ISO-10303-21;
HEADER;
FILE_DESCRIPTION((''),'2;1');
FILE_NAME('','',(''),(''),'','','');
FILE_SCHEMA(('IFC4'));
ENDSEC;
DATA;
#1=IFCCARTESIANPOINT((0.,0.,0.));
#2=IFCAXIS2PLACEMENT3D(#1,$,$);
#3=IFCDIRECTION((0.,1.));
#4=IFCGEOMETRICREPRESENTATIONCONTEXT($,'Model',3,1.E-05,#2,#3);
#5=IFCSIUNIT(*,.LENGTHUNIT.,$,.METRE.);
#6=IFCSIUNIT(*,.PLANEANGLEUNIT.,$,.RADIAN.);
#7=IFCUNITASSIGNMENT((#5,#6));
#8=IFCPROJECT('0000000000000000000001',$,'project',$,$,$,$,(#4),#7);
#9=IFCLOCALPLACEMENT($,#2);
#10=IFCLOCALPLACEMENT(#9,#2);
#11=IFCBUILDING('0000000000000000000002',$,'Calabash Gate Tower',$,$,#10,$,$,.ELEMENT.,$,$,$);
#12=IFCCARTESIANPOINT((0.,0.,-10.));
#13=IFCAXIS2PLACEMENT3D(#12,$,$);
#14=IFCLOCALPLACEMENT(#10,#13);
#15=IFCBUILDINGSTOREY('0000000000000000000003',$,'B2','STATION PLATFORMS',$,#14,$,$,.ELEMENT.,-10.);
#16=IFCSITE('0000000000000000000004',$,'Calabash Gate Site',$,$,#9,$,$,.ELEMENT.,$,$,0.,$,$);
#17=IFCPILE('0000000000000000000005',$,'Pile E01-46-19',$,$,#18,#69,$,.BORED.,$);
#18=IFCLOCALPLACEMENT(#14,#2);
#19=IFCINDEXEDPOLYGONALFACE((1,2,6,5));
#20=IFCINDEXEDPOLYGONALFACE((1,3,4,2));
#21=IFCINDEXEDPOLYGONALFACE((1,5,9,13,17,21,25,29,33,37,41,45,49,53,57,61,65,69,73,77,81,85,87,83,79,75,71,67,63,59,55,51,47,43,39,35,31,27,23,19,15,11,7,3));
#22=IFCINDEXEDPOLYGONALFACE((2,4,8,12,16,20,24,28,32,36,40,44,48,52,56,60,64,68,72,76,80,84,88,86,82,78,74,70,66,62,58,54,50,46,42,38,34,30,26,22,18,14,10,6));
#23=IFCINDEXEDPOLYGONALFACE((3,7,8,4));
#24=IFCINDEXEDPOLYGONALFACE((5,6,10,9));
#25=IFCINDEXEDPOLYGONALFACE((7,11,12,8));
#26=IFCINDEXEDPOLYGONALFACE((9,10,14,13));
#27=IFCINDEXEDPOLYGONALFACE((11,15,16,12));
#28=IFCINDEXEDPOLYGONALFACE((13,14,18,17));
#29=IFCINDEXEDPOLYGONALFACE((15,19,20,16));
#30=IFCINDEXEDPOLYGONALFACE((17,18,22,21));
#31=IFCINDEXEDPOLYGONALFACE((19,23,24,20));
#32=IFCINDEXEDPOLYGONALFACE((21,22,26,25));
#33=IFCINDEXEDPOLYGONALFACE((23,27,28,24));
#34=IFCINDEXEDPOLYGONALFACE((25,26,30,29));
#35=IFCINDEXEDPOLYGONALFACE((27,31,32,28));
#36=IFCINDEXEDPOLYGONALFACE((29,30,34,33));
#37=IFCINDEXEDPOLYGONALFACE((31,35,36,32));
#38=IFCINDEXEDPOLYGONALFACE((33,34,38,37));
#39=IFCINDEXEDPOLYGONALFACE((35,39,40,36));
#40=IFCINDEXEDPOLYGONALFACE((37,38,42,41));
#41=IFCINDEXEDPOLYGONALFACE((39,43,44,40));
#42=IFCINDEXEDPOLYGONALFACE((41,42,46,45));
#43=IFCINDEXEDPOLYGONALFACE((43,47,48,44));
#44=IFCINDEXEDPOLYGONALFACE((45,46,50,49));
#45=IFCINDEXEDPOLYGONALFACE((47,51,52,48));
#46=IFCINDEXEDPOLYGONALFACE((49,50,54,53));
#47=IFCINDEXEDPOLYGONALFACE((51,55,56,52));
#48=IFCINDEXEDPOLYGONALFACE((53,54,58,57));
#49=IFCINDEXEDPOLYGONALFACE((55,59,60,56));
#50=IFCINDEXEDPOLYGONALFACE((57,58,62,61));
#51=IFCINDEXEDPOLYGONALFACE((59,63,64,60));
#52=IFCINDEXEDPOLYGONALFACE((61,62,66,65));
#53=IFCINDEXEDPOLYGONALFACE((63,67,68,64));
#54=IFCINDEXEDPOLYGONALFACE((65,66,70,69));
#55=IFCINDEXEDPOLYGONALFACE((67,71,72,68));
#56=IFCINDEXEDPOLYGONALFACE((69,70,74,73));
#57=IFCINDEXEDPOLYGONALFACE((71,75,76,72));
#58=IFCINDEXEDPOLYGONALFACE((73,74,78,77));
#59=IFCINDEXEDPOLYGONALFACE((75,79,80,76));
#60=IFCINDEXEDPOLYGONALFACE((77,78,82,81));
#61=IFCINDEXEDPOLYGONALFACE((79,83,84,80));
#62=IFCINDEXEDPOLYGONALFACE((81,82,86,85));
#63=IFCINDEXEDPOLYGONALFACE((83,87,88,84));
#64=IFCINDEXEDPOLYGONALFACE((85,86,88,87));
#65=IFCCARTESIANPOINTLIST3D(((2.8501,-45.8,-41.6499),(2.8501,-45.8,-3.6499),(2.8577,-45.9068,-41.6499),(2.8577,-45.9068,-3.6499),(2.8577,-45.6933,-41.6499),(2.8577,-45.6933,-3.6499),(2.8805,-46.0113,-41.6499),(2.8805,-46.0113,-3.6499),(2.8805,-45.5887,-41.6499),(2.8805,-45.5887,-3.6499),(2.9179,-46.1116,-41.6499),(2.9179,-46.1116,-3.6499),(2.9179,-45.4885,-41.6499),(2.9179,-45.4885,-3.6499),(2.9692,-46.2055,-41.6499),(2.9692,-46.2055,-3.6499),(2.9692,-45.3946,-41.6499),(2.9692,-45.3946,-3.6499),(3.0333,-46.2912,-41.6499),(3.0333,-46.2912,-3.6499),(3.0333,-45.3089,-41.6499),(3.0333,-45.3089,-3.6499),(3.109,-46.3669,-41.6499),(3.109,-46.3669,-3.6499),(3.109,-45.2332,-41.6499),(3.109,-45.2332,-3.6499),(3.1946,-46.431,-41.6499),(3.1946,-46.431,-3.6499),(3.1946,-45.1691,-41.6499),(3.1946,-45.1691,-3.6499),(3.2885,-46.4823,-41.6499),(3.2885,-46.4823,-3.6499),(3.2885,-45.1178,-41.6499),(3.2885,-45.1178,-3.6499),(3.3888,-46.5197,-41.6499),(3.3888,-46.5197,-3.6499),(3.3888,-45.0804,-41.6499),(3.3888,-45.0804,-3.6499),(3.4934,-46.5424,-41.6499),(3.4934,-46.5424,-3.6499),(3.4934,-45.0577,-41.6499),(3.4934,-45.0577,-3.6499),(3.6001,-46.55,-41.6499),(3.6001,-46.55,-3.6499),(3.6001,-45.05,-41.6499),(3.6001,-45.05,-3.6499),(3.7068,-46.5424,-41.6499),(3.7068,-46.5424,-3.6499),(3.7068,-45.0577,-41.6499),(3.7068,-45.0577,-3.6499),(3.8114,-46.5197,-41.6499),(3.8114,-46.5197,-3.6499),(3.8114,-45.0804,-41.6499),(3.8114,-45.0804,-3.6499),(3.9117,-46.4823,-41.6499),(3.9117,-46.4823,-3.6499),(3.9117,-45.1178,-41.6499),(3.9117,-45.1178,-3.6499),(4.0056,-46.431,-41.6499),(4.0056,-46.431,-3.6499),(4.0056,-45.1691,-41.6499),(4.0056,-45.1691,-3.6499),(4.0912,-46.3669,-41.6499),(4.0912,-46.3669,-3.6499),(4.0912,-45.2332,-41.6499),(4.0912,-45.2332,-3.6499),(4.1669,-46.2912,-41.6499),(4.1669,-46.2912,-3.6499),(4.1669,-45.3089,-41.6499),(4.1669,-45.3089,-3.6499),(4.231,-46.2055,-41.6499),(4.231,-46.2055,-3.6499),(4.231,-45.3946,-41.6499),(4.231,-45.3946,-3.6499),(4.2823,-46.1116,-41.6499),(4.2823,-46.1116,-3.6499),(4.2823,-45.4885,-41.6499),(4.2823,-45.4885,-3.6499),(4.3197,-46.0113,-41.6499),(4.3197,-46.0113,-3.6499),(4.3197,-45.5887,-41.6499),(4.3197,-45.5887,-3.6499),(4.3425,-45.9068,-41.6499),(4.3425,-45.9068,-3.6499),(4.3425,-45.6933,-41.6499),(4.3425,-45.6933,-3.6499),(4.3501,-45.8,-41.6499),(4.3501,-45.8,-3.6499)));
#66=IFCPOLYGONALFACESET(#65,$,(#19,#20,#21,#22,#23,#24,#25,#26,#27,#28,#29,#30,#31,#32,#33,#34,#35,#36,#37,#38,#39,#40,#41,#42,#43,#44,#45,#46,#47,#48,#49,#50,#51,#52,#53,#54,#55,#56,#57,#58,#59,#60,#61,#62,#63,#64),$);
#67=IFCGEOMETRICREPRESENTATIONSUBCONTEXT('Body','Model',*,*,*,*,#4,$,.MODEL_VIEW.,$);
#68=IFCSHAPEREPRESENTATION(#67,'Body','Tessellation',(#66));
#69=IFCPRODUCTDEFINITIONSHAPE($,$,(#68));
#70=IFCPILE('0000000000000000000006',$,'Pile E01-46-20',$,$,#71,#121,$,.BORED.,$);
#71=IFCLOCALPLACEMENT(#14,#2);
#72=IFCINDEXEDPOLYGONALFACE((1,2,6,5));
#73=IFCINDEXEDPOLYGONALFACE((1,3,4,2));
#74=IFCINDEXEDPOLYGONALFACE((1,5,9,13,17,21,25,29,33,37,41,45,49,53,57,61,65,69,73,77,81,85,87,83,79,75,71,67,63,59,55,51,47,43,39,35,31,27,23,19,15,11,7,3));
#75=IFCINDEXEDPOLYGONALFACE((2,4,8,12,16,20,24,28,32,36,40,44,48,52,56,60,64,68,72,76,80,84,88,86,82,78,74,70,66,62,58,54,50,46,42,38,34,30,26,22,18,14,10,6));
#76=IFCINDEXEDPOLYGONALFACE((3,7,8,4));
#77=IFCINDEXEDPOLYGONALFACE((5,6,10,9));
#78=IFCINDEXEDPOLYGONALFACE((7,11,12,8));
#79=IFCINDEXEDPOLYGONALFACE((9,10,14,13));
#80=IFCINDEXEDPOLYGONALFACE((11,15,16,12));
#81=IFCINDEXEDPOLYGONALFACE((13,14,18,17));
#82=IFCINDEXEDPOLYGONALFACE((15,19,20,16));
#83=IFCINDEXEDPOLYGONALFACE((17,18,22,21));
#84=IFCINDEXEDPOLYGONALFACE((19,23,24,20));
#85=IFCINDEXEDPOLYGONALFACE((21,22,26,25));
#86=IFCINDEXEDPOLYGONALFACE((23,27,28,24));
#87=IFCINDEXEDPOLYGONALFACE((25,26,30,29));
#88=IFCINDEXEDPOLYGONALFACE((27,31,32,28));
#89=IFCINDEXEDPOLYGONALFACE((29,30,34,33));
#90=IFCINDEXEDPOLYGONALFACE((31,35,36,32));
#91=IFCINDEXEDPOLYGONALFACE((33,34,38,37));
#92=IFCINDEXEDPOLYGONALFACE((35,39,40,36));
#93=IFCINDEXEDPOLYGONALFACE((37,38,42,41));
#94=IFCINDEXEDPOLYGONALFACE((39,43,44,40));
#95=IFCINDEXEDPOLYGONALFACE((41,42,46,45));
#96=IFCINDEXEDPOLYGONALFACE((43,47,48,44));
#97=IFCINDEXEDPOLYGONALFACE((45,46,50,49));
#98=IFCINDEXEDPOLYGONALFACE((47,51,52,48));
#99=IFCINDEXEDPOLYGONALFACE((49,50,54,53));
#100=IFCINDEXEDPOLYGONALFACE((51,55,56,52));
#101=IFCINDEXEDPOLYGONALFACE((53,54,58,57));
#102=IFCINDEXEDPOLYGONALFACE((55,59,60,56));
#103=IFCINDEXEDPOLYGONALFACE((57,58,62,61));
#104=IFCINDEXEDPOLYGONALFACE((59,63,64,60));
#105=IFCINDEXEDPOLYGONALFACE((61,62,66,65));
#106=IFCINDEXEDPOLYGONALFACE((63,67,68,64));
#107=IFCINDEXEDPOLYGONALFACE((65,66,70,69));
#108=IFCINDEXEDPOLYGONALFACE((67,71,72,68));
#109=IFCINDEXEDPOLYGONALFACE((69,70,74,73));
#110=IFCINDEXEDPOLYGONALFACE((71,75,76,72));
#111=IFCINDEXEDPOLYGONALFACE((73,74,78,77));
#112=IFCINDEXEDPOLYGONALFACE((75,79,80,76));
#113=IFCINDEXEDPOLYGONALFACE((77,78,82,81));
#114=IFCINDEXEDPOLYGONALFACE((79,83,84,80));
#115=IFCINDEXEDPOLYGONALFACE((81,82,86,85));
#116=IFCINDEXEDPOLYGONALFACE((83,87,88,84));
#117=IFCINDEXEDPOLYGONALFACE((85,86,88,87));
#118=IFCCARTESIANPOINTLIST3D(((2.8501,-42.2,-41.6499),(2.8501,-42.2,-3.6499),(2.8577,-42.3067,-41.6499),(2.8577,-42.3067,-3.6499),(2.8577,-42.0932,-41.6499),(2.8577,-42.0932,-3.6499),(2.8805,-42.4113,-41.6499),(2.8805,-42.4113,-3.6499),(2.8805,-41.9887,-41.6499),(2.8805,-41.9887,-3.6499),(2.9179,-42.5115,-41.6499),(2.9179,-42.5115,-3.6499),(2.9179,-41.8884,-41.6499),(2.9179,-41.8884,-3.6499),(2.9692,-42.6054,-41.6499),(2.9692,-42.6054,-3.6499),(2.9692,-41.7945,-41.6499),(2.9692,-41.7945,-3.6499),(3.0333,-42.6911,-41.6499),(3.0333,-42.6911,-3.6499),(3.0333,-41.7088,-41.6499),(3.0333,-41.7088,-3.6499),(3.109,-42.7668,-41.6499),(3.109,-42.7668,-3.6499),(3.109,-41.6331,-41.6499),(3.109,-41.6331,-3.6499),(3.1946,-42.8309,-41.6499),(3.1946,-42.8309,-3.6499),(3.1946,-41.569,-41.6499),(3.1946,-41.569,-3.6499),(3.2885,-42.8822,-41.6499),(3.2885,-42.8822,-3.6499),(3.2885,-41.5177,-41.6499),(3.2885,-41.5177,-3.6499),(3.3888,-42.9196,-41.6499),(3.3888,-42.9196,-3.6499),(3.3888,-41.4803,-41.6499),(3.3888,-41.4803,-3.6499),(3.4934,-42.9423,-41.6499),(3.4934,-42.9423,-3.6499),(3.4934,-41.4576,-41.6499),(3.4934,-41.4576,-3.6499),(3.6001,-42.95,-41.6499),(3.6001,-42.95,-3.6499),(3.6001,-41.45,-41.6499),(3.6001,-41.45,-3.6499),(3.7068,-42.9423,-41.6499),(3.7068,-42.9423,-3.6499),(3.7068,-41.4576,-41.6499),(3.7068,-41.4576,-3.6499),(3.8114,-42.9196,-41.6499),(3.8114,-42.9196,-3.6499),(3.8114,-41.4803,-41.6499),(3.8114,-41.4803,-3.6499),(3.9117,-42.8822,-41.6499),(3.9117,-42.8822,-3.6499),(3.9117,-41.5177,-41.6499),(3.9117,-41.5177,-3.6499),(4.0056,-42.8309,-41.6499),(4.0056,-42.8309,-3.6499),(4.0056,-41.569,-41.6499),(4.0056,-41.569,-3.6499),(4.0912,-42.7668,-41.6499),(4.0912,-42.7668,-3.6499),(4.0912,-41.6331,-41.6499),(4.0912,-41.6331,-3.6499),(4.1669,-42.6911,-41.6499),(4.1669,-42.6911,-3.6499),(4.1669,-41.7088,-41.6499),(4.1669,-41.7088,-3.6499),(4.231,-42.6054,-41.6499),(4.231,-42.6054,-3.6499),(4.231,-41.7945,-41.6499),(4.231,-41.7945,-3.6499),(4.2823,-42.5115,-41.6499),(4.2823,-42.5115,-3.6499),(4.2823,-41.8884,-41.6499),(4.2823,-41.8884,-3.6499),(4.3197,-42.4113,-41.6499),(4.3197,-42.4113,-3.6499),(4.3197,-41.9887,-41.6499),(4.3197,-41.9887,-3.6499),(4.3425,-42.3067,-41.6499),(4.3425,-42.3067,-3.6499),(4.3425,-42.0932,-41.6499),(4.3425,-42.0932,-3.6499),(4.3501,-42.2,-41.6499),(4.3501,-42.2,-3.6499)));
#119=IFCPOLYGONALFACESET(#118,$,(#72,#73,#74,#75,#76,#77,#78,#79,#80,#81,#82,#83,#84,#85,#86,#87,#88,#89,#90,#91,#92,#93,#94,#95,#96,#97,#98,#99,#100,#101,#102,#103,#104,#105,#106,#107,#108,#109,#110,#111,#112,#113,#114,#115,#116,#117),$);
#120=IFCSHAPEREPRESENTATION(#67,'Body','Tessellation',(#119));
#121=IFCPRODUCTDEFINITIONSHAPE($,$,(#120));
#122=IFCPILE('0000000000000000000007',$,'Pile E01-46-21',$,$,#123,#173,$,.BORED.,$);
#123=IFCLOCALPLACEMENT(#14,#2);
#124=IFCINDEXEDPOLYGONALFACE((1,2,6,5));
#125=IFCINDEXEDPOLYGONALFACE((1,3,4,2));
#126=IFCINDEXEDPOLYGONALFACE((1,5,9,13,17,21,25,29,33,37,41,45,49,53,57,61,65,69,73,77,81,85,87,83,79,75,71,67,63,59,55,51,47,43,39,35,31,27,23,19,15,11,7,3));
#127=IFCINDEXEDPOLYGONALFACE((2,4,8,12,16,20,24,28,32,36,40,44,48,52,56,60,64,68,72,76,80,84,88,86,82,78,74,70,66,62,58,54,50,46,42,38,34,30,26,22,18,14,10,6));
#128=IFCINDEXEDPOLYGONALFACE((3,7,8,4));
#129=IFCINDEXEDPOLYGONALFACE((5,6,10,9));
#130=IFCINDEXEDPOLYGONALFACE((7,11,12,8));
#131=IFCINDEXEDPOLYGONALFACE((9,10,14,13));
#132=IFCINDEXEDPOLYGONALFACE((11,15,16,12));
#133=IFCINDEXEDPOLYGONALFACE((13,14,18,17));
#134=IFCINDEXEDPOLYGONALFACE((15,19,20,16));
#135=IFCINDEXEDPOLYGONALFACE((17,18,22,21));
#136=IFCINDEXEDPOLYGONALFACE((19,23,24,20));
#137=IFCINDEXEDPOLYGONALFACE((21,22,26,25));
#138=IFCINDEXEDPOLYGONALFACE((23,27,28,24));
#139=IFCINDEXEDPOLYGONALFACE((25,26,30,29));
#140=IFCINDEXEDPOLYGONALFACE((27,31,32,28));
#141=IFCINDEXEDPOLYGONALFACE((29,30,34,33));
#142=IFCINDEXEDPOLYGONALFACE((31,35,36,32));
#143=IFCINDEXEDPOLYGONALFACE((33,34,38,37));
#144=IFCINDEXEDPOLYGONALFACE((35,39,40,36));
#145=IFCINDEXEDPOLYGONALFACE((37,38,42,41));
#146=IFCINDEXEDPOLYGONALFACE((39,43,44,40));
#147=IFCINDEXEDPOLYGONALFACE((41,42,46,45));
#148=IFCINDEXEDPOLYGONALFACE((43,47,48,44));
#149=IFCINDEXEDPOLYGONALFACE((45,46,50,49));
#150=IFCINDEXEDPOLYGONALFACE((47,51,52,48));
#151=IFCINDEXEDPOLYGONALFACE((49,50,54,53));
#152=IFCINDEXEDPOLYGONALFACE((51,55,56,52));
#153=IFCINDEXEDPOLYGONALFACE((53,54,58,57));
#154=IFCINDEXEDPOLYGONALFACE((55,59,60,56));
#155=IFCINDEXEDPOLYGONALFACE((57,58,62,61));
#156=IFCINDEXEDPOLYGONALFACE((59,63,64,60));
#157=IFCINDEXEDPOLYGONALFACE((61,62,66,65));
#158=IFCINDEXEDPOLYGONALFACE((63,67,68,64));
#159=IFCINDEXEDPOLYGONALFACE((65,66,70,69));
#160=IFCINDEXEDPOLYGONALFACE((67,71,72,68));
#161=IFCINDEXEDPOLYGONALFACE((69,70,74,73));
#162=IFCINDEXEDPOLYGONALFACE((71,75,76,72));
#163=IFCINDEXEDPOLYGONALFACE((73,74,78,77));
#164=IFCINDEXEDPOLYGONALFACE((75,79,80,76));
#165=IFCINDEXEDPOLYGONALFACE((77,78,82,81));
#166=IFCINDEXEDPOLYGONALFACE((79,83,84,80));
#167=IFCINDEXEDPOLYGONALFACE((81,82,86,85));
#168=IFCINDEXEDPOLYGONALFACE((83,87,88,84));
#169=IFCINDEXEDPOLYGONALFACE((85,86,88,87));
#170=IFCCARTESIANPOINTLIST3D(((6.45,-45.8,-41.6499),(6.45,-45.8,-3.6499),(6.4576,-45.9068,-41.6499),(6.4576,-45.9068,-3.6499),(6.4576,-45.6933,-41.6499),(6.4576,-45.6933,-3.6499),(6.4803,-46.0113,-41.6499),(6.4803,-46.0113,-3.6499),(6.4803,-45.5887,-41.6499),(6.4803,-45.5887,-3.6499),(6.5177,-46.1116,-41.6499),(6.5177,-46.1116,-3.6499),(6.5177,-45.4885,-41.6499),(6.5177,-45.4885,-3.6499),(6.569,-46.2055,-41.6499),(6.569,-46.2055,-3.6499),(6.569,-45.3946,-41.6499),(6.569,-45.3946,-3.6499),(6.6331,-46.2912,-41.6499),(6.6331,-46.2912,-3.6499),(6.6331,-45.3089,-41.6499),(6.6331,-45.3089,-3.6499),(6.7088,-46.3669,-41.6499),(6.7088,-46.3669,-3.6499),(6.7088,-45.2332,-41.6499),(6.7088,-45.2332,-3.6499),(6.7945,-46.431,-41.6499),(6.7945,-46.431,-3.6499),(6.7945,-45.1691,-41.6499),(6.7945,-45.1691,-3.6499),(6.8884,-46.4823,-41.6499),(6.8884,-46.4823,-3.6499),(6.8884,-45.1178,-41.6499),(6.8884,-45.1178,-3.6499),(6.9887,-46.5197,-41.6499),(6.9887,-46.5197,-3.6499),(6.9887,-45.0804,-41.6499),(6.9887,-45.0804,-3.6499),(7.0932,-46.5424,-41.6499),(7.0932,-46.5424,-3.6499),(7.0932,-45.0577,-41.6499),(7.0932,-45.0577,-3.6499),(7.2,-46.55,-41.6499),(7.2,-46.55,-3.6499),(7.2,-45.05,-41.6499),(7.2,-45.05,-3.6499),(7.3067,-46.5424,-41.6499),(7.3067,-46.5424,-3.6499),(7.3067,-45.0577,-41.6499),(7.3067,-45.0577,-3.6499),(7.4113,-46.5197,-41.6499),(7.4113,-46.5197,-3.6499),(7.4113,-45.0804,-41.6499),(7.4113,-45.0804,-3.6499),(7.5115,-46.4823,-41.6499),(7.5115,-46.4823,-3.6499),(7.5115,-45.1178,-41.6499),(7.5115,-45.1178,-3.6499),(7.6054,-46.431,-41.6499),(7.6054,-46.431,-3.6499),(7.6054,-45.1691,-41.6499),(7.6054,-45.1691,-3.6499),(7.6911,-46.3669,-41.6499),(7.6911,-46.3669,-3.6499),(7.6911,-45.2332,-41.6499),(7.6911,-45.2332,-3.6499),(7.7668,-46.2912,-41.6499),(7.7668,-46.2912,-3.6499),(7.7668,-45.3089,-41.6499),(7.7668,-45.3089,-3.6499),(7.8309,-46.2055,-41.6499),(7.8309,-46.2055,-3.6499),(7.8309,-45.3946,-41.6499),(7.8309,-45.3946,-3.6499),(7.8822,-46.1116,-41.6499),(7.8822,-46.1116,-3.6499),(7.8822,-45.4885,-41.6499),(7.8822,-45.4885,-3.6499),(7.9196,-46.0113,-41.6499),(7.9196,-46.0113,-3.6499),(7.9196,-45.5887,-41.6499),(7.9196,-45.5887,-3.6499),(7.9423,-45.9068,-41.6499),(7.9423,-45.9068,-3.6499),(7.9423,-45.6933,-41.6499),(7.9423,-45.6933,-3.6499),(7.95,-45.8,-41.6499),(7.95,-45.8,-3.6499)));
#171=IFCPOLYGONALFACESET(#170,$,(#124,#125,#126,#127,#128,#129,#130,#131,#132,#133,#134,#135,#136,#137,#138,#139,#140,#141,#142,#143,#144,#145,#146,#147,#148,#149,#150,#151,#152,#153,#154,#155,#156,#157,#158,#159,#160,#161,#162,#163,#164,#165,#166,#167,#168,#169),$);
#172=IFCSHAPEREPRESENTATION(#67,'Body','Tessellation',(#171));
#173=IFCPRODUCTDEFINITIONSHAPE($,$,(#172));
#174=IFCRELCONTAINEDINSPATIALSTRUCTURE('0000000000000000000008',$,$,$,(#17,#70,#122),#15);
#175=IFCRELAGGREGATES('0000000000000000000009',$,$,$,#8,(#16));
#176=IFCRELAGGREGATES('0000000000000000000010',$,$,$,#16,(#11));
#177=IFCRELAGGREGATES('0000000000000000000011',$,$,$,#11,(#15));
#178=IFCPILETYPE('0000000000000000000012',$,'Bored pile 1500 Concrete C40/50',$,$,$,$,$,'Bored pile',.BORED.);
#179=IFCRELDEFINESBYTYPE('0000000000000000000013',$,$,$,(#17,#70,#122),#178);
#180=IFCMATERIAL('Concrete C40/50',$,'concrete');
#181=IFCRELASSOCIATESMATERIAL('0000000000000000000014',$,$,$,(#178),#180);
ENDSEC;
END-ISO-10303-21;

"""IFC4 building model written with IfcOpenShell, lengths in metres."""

from ifc_helpers import new_model, si_unit, direction, frame, origin, origin_2d, place, context, subcontext, project, spatial, circle, extrude, material, material_profile, profile_set, type_object, element, save


model = new_model("IFC4")

# Units and contexts
model_context = context("Model", 3, precision=1e-05, world=origin(), true_north=direction((0.0, 1.0)))
body_context = subcontext(model_context, "Body", "Model", "MODEL_VIEW")
ifc_project = project(units=[si_unit("LENGTHUNIT", "METRE"), si_unit("PLANEANGLEUNIT", "RADIAN")], contexts=[model_context])

# Site, building, storey
site_placement = place(None, origin())
site = spatial("IfcSite", under=ifc_project, at=site_placement, Name="Calabash Gate Site", CompositionType="ELEMENT", RefElevation=0.0)
building_placement = place(site_placement, origin())
building = spatial("IfcBuilding", under=site, at=building_placement, Name="Calabash Gate Tower", CompositionType="ELEMENT")
storey_placement = place(building_placement, frame((0.0, 0.0, -10.0)))
storey = spatial("IfcBuildingStorey", under=building, at=storey_placement, Name="B2", Description="STATION PLATFORMS", CompositionType="ELEMENT", Elevation=-10.0)

# Piles
ifc_material_1 = material(Name="Concrete C40/50", Category="concrete")
ifc_material_profile_1 = material_profile(ifc_material_1, circle(Radius=0.75, at=origin_2d()))
ifc_profile_set_1 = profile_set([ifc_material_profile_1], Name="Concrete C40/50")
pile_type_1 = type_object("IfcPileType", Name="Bored pile 1500 Concrete C40/50", ElementType="Bored pile", PredefinedType="BORED", material=ifc_profile_set_1)
for number, where, z_axis, x_axis, name in (
    (1, (3.6001, -45.8, -3.6499), (0.0, 0.0, -1.0), (1.0, 0.0, 0.0), "Pile E01-46-19"),
    (2, (3.6001, -42.2, -3.6499), (0.0, 0.0, -1.0), (1.0, 0.0, 0.0), "Pile E01-46-20"),
    (3, (7.2, -45.8, -3.6499), (0.0, 0.0, -1.0), (1.0, 0.0, 0.0), "Pile E01-46-21"),
):
    element("IfcPile", number, at=place(storey_placement, frame(where, z_axis=z_axis, x_axis=x_axis)), inside=storey, type_object=pile_type_1, Name=name, PredefinedType="BORED", context=body_context, shape_type="SweptSolid", body=[
        extrude(circle(Radius=0.75, at=origin_2d()), origin(), (0.0, 0.0, 1.0), 38.0),
    ])

save(model, "model.ifc")
